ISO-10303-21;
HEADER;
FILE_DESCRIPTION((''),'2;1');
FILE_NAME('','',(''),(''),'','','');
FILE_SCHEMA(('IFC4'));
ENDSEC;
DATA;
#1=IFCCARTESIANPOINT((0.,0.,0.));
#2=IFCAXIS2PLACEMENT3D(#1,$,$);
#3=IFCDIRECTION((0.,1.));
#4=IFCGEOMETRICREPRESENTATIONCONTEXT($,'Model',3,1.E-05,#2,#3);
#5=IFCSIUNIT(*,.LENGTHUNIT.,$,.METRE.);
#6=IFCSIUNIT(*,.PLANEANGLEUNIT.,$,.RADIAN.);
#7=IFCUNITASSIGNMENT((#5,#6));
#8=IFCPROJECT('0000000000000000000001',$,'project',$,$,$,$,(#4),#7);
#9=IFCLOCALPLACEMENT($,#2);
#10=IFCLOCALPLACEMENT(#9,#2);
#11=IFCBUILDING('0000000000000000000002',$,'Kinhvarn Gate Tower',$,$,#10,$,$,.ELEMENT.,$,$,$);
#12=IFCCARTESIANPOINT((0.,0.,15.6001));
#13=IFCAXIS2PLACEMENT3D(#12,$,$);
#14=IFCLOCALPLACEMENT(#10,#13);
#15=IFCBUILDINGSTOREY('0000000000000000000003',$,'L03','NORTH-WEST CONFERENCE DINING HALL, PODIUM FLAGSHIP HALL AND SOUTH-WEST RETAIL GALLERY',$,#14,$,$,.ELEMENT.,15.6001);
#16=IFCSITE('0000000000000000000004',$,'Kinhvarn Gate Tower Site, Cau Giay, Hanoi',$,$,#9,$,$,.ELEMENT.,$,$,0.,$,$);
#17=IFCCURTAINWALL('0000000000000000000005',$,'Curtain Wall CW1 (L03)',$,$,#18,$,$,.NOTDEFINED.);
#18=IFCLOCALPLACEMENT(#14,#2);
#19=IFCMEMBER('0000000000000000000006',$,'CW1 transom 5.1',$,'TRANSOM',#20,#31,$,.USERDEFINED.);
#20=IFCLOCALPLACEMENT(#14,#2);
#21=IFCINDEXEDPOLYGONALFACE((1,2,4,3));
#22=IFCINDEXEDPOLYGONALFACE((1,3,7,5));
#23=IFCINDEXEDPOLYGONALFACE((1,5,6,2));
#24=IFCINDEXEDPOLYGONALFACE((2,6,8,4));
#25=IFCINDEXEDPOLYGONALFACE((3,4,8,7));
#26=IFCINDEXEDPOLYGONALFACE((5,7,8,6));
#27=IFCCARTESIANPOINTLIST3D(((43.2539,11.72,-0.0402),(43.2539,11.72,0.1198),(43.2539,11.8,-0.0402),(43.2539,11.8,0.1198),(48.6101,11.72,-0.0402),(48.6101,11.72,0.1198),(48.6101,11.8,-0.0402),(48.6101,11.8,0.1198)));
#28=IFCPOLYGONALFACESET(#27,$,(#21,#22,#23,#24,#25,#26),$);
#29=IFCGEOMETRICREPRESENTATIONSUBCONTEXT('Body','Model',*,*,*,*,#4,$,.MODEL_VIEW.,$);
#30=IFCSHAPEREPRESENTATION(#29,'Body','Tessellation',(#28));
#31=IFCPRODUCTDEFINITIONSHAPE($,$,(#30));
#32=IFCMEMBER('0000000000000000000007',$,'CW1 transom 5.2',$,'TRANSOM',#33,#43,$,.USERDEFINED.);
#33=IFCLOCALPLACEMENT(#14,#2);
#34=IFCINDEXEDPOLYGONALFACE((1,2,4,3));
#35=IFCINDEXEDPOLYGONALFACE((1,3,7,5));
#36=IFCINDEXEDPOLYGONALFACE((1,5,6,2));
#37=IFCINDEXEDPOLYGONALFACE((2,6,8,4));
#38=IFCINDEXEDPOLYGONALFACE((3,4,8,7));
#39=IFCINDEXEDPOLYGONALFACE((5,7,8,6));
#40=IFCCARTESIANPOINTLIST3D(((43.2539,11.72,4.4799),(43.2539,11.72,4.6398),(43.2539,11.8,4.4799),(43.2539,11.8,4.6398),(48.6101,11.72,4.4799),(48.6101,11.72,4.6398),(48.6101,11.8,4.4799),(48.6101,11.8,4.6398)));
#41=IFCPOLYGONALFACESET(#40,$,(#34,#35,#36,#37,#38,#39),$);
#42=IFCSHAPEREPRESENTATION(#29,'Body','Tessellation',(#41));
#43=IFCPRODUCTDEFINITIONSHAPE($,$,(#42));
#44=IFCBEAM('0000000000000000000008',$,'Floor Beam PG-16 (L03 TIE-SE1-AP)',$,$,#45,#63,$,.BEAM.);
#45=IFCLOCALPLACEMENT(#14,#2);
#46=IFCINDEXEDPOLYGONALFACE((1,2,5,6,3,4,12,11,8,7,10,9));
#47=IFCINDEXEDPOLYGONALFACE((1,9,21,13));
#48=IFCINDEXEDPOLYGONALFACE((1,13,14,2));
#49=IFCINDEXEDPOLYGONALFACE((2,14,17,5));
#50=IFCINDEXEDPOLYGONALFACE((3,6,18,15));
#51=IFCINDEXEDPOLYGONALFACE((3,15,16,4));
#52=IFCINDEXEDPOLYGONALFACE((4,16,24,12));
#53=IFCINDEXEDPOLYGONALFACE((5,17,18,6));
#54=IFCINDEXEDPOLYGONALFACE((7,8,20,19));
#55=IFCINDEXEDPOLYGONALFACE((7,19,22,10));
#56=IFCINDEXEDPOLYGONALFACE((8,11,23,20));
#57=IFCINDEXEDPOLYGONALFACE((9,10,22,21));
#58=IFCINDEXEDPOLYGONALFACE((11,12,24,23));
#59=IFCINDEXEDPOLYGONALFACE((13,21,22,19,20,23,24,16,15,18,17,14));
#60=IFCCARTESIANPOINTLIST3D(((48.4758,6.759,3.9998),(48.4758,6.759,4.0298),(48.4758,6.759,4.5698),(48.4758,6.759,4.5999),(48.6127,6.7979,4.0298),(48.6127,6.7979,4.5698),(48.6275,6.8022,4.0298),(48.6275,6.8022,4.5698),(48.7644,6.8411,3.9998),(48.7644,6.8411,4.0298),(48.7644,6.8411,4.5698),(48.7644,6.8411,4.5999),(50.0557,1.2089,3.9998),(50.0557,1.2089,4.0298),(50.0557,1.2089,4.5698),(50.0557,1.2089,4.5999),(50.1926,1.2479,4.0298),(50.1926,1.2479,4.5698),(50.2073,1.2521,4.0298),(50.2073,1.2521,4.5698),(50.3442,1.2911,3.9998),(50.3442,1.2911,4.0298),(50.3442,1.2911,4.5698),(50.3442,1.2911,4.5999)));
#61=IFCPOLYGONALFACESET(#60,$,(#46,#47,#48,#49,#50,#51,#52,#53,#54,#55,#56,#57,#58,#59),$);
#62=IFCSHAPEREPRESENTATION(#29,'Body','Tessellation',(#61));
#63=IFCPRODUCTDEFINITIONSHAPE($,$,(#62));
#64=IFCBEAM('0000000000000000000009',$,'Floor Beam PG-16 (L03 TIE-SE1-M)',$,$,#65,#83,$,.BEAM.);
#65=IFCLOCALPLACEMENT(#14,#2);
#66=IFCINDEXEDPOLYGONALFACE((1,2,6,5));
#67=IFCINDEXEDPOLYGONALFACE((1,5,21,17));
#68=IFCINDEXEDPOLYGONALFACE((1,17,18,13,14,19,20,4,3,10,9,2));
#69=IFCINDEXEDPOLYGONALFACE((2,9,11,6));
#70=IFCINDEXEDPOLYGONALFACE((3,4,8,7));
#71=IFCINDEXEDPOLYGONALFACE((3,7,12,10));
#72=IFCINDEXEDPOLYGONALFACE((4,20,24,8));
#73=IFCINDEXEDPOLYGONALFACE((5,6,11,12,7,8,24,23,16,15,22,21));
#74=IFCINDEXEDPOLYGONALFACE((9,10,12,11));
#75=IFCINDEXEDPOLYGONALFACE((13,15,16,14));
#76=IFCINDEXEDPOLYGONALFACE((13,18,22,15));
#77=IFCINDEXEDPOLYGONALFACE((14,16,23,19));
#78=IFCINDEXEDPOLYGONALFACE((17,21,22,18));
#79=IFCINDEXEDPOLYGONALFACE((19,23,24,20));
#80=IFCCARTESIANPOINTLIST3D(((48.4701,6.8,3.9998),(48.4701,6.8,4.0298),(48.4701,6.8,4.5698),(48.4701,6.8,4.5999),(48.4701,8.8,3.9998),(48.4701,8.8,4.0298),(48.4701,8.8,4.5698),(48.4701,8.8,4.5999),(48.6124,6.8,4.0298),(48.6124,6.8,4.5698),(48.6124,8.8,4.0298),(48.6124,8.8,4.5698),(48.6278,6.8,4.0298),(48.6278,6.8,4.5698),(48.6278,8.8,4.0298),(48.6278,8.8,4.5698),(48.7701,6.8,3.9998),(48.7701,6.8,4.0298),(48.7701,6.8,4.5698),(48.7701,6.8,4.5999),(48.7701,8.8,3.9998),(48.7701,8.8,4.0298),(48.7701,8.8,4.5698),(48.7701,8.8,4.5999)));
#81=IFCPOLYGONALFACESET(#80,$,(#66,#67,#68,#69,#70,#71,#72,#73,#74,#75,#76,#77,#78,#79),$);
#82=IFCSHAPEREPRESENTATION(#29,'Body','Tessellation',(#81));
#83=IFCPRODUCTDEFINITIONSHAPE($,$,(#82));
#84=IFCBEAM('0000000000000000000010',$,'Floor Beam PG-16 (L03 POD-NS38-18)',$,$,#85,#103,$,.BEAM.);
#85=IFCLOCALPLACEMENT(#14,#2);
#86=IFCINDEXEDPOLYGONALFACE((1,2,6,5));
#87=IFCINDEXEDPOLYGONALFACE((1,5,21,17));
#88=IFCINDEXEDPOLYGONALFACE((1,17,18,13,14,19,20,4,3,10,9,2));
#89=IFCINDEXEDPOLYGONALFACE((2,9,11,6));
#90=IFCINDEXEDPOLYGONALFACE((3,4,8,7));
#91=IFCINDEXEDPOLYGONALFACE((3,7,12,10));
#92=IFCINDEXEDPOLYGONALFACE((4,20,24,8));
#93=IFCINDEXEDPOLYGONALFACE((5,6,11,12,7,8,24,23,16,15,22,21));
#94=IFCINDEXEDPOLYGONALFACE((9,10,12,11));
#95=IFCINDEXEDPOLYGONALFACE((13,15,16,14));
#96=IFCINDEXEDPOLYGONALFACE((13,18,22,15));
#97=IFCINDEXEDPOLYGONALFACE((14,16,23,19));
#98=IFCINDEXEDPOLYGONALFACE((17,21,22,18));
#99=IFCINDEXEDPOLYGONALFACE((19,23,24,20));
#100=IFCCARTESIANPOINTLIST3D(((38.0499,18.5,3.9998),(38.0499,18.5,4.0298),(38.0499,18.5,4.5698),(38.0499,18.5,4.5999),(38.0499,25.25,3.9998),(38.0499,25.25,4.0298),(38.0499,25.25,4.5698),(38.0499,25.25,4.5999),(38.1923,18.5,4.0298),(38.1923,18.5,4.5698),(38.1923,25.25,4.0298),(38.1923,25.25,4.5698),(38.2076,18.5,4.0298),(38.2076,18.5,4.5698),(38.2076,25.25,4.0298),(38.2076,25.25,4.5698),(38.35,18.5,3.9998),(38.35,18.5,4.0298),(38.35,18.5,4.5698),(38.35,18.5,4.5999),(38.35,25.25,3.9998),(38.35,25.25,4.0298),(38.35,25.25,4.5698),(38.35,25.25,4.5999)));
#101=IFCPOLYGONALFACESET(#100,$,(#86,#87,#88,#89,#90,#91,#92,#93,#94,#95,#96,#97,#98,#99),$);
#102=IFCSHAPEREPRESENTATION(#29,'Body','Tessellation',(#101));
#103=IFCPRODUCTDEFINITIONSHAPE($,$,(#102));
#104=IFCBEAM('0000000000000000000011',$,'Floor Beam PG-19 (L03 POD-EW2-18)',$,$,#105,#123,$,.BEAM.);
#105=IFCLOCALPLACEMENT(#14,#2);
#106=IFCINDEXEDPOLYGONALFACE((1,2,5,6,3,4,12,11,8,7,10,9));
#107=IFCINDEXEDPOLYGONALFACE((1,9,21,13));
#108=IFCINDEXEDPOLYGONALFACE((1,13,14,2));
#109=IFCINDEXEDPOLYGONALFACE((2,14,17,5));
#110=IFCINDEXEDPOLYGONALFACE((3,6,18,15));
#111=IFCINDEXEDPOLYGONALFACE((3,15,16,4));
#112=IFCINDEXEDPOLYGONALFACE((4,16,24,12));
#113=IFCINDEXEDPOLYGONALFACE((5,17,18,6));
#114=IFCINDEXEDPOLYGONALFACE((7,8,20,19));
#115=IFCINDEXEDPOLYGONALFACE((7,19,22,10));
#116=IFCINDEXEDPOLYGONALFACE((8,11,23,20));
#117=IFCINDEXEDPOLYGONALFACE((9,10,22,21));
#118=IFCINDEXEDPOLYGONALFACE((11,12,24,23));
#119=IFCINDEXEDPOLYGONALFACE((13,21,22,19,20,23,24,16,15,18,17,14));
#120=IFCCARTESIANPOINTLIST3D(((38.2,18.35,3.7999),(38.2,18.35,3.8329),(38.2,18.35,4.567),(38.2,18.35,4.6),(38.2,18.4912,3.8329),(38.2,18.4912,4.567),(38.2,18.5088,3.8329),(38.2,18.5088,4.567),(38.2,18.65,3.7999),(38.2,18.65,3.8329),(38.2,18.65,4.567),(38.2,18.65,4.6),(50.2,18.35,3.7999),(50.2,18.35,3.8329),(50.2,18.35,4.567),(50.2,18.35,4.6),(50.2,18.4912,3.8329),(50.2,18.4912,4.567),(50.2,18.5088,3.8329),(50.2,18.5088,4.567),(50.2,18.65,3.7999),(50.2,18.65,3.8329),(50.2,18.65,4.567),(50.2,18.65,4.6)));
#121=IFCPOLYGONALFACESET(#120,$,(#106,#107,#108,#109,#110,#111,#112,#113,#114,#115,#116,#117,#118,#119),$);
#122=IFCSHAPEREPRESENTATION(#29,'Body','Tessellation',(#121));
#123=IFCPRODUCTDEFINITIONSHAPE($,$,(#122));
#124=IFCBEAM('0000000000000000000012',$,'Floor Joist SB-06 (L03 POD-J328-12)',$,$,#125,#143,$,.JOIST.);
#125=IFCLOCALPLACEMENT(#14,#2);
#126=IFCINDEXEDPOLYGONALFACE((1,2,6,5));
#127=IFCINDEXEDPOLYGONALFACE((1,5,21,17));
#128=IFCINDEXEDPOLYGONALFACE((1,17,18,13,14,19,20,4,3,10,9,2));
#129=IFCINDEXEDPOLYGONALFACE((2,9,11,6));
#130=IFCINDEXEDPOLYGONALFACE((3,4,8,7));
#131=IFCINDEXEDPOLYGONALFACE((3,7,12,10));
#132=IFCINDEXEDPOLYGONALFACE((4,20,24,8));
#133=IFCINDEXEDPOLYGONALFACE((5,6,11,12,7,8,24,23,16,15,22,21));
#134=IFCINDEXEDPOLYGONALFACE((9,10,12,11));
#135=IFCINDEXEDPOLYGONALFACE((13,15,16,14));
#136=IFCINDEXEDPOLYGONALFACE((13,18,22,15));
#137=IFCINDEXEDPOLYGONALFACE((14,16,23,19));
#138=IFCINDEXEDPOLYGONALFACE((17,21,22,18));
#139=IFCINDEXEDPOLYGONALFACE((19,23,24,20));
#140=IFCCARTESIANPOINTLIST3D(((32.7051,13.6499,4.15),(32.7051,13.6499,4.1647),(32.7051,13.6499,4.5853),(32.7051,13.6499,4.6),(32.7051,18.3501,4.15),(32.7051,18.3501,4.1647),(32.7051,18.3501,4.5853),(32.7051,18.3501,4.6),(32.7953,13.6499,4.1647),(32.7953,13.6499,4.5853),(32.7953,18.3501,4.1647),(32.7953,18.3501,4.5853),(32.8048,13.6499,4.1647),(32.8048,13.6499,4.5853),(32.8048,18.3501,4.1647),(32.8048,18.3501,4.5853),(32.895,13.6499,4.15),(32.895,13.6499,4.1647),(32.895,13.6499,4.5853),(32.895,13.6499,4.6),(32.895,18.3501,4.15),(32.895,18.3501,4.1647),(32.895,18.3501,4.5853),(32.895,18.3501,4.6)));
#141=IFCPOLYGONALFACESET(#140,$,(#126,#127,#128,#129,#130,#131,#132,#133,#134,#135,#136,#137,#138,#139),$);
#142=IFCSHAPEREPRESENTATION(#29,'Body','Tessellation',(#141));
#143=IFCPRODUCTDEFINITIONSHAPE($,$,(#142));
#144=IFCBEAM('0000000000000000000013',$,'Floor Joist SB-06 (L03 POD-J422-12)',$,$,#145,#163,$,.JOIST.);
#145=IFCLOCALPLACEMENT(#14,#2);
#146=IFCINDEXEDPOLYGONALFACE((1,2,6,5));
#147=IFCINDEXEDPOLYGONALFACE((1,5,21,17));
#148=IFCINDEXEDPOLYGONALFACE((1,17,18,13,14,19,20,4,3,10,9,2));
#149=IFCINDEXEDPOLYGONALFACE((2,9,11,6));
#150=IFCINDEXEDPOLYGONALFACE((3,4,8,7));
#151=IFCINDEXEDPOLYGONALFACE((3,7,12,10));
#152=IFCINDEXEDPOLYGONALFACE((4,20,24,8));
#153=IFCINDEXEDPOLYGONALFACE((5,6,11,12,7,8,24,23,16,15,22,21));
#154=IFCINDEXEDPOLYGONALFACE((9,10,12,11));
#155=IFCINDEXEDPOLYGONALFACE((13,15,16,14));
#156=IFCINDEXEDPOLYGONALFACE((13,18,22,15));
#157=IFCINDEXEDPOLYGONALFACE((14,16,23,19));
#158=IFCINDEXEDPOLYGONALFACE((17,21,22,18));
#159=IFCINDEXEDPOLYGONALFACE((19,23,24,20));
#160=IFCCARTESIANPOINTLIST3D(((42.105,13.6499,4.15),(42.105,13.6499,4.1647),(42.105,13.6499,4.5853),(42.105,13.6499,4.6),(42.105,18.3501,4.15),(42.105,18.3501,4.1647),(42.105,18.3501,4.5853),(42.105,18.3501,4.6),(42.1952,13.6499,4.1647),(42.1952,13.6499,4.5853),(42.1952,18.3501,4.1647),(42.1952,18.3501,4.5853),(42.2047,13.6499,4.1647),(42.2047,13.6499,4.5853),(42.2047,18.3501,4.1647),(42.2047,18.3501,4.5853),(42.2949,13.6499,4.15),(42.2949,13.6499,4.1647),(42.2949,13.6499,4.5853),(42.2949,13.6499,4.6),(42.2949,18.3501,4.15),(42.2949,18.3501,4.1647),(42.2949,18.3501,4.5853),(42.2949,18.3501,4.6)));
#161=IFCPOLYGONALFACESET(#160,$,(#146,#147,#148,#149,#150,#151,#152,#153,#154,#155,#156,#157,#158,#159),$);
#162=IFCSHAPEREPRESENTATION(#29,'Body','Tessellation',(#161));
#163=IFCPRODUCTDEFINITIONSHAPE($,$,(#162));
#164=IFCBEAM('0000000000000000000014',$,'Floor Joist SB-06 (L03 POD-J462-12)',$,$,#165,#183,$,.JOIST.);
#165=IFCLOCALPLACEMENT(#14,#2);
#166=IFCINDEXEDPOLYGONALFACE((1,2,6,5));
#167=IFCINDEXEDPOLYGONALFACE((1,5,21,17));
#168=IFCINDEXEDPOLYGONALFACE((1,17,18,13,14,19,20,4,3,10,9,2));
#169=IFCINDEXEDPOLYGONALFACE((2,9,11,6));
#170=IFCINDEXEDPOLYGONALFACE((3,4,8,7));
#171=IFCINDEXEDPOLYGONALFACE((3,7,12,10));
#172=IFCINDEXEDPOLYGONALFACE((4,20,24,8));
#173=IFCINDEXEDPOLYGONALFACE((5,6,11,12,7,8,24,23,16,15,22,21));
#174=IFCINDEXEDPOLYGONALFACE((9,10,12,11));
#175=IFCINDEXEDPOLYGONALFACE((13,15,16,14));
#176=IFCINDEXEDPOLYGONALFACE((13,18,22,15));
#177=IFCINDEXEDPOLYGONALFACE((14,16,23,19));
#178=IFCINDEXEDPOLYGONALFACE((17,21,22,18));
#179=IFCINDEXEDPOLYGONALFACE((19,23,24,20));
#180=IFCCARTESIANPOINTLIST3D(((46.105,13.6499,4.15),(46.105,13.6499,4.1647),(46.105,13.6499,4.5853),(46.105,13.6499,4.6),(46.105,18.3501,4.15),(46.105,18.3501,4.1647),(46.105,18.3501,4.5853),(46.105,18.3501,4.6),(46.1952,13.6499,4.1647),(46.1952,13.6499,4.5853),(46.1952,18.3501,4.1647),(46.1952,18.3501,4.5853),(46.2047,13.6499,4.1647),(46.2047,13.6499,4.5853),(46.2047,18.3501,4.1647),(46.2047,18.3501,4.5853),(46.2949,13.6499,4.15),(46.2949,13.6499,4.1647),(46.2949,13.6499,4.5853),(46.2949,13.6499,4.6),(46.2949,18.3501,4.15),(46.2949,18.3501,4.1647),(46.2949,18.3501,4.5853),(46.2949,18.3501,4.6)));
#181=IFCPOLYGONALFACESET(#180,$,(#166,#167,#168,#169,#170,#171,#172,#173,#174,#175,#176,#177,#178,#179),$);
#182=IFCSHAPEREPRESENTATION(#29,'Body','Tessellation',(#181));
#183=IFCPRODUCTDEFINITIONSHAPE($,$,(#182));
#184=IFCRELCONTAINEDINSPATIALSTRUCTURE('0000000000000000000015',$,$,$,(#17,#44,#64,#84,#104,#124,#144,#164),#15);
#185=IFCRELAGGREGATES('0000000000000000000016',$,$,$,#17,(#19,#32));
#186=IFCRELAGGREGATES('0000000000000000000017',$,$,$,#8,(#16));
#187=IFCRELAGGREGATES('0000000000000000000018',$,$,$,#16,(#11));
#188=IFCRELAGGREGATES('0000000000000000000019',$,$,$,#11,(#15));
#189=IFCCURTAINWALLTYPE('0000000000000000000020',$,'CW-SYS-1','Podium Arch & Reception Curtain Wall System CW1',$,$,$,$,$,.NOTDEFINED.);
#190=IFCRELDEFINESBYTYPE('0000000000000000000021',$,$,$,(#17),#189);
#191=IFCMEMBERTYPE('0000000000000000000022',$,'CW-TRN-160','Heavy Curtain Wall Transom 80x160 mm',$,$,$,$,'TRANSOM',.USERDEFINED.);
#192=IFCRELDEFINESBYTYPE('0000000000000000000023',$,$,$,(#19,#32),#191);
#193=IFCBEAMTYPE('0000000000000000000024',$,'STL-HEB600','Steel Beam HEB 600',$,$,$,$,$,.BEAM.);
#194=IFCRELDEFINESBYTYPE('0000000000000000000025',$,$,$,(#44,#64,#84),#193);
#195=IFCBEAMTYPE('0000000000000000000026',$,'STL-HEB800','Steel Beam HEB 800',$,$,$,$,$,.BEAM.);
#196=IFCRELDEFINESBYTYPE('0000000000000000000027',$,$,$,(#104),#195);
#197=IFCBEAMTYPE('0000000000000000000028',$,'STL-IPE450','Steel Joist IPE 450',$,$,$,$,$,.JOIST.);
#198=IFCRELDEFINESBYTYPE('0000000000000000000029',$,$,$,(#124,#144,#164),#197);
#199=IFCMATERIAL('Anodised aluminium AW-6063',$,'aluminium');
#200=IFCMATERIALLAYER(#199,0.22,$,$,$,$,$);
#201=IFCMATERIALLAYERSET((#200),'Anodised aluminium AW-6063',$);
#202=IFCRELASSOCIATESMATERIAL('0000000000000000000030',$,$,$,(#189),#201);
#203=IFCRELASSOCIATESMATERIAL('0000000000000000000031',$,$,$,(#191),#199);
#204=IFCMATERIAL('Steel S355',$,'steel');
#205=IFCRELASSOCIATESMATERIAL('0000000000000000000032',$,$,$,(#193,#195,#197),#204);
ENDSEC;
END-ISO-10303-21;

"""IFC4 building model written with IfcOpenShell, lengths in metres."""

from ifc_helpers import new_model, si_unit, direction, frame, origin, origin_2d, place, context, subcontext, project, spatial, rectangle, i_section, extrude, material, layer, layer_set, material_profile, profile_set, type_object, element, aggregate, save


model = new_model("IFC4")

# Units and contexts
model_context = context("Model", 3, precision=1e-05, world=origin(), true_north=direction((0.0, 1.0)))
body_context = subcontext(model_context, "Body", "Model", "MODEL_VIEW")
ifc_project = project(units=[si_unit("LENGTHUNIT", "METRE"), si_unit("PLANEANGLEUNIT", "RADIAN")], contexts=[model_context])

# Site, building, storey
site_placement = place(None, origin())
site = spatial("IfcSite", under=ifc_project, at=site_placement, Name="Kinhvarn Gate Tower Site, Cau Giay, Hanoi", CompositionType="ELEMENT", RefElevation=0.0)
building_placement = place(site_placement, origin())
building = spatial("IfcBuilding", under=site, at=building_placement, Name="Kinhvarn Gate Tower", CompositionType="ELEMENT")
storey_placement = place(building_placement, frame((0.0, 0.0, 15.6001)))
storey = spatial("IfcBuildingStorey", under=building, at=storey_placement, Name="L03", Description="NORTH-WEST CONFERENCE DINING HALL, PODIUM FLAGSHIP HALL AND SOUTH-WEST RETAIL GALLERY", CompositionType="ELEMENT", Elevation=15.6001)

# Curtain wall, members
ifc_material_1 = material(Name="Anodised aluminium AW-6063", Category="aluminium")
ifc_layer_1 = layer(ifc_material_1, 0.22)
ifc_layer_set_1 = layer_set([ifc_layer_1], Name="Anodised aluminium AW-6063")
curtain_wall_type = type_object("IfcCurtainWallType", Name="CW-SYS-1", Description="Podium Arch & Reception Curtain Wall System CW1", PredefinedType="NOTDEFINED", material=ifc_layer_set_1)
curtain_wall_placement = place(storey_placement, origin())
curtain_wall = element("IfcCurtainWall", 1, at=curtain_wall_placement, inside=storey, type_object=curtain_wall_type, Name="Curtain Wall CW1 (L03)", PredefinedType="NOTDEFINED")
ifc_material_profile_1 = material_profile(ifc_material_1, rectangle(XDim=0.0801, YDim=0.1599, at=origin_2d()), Name="ALU 80x160")
ifc_profile_set_1 = profile_set([ifc_material_profile_1], Name="Anodised aluminium AW-6063")
member_type_1 = type_object("IfcMemberType", Name="CW-TRN-160", Description="Heavy Curtain Wall Transom 80x160 mm", ElementType="TRANSOM", PredefinedType="USERDEFINED", material=ifc_profile_set_1)
member_1_placement = place(storey_placement, frame((43.2539, 11.76, 0.0398), z_axis=(1.0, 0.0, 0.0), x_axis=(0.0, 1.0, 0.0)))
member_1 = element("IfcMember", 2, at=member_1_placement, type_object=member_type_1, Name="CW1 transom 5.1", ObjectType="TRANSOM", PredefinedType="USERDEFINED", context=body_context, shape_type="SweptSolid", body=[
    extrude(rectangle(XDim=0.0801, YDim=0.1599, at=origin_2d()), origin(), (0.0, 0.0, 1.0), 5.3562),
])
member_2_placement = place(storey_placement, frame((43.2539, 11.76, 4.5598), z_axis=(1.0, 0.0, 0.0), x_axis=(0.0, 1.0, 0.0)))
member_2 = element("IfcMember", 3, at=member_2_placement, type_object=member_type_1, Name="CW1 transom 5.2", ObjectType="TRANSOM", PredefinedType="USERDEFINED", context=body_context, shape_type="SweptSolid", body=[
    extrude(rectangle(XDim=0.0801, YDim=0.1599, at=origin_2d()), origin(), (0.0, 0.0, 1.0), 5.3562),
])

# Beams
ifc_material_2 = material(Name="Steel S355", Category="steel")
ifc_material_profile_2 = material_profile(ifc_material_2, i_section(OverallWidth=0.3, OverallDepth=0.6001, WebThickness=0.0154, FlangeThickness=0.03, at=origin_2d()), Name="HEB 600")
ifc_profile_set_2 = profile_set([ifc_material_profile_2], Name="Steel S355")
beam_type_1 = type_object("IfcBeamType", Name="STL-HEB600", Description="Steel Beam HEB 600", PredefinedType="BEAM", material=ifc_profile_set_2)
beam_1_placement = place(storey_placement, frame((48.6201, 6.8, 4.2998), z_axis=(0.273777, -0.961793, 0.0), x_axis=(0.961793, 0.273777, 0.0)))
element("IfcBeam", 4, at=beam_1_placement, inside=storey, type_object=beam_type_1, Name="Floor Beam PG-16 (L03 TIE-SE1-AP)", PredefinedType="BEAM", context=body_context, shape_type="SweptSolid", body=[
    extrude(i_section(OverallWidth=0.3, OverallDepth=0.6001, WebThickness=0.0154, FlangeThickness=0.03, at=origin_2d()), origin(), (0.0, 0.0, 1.0), 5.7705),
])
beam_2_placement = place(storey_placement, frame((48.6201, 6.8, 4.2998), z_axis=(0.0, 1.0, 0.0), x_axis=(-1.0, 0.0, 0.0)))
element("IfcBeam", 5, at=beam_2_placement, inside=storey, type_object=beam_type_1, Name="Floor Beam PG-16 (L03 TIE-SE1-M)", PredefinedType="BEAM", context=body_context, shape_type="SweptSolid", body=[
    extrude(i_section(OverallWidth=0.3, OverallDepth=0.6001, WebThickness=0.0154, FlangeThickness=0.03, at=origin_2d()), origin(), (0.0, 0.0, 1.0), 2.0),
])
beam_3_placement = place(storey_placement, frame((38.2, 18.5, 4.2998), z_axis=(0.0, 1.0, 0.0), x_axis=(-1.0, 0.0, 0.0)))
element("IfcBeam", 6, at=beam_3_placement, inside=storey, type_object=beam_type_1, Name="Floor Beam PG-16 (L03 POD-NS38-18)", PredefinedType="BEAM", context=body_context, shape_type="SweptSolid", body=[
    extrude(i_section(OverallWidth=0.3, OverallDepth=0.6001, WebThickness=0.0154, FlangeThickness=0.03, at=origin_2d()), origin(), (0.0, 0.0, 1.0), 6.75),
])
ifc_material_profile_3 = material_profile(ifc_material_2, i_section(OverallWidth=0.3, OverallDepth=0.8, WebThickness=0.0176, FlangeThickness=0.033, at=origin_2d()), Name="HEB 800")
ifc_profile_set_3 = profile_set([ifc_material_profile_3], Name="Steel S355")
beam_type_2 = type_object("IfcBeamType", Name="STL-HEB800", Description="Steel Beam HEB 800", PredefinedType="BEAM", material=ifc_profile_set_3)
beam_4_placement = place(storey_placement, frame((38.2, 18.5, 4.2), z_axis=(1.0, 0.0, 0.0), x_axis=(0.0, 1.0, 0.0)))
element("IfcBeam", 7, at=beam_4_placement, inside=storey, type_object=beam_type_2, Name="Floor Beam PG-19 (L03 POD-EW2-18)", PredefinedType="BEAM", context=body_context, shape_type="SweptSolid", body=[
    extrude(i_section(OverallWidth=0.3, OverallDepth=0.8, WebThickness=0.0176, FlangeThickness=0.033, at=origin_2d()), origin(), (0.0, 0.0, 1.0), 12.0),
])
ifc_material_profile_4 = material_profile(ifc_material_2, i_section(OverallWidth=0.1899, OverallDepth=0.45, WebThickness=0.0095, FlangeThickness=0.0146, at=origin_2d()), Name="IPE 450")
ifc_profile_set_4 = profile_set([ifc_material_profile_4], Name="Steel S355")
beam_type_3 = type_object("IfcBeamType", Name="STL-IPE450", Description="Steel Joist IPE 450", PredefinedType="JOIST", material=ifc_profile_set_4)
for number, where, z_axis, x_axis, name in (
    (8, (32.8, 13.6499, 4.375), (0.0, 1.0, 0.0), (-1.0, 0.0, 0.0), "Floor Joist SB-06 (L03 POD-J328-12)"),
    (9, (42.2, 13.6499, 4.375), (0.0, 1.0, 0.0), (-1.0, 0.0, 0.0), "Floor Joist SB-06 (L03 POD-J422-12)"),
    (10, (46.2, 13.6499, 4.375), (0.0, 1.0, 0.0), (-1.0, 0.0, 0.0), "Floor Joist SB-06 (L03 POD-J462-12)"),
):
    element("IfcBeam", number, at=place(storey_placement, frame(where, z_axis=z_axis, x_axis=x_axis)), inside=storey, type_object=beam_type_3, Name=name, PredefinedType="JOIST", context=body_context, shape_type="SweptSolid", body=[
        extrude(i_section(OverallWidth=0.1899, OverallDepth=0.45, WebThickness=0.0095, FlangeThickness=0.0146, at=origin_2d()), origin(), (0.0, 0.0, 1.0), 4.7002),
    ])

aggregate(curtain_wall, [member_1, member_2])

save(model, "model.ifc")
